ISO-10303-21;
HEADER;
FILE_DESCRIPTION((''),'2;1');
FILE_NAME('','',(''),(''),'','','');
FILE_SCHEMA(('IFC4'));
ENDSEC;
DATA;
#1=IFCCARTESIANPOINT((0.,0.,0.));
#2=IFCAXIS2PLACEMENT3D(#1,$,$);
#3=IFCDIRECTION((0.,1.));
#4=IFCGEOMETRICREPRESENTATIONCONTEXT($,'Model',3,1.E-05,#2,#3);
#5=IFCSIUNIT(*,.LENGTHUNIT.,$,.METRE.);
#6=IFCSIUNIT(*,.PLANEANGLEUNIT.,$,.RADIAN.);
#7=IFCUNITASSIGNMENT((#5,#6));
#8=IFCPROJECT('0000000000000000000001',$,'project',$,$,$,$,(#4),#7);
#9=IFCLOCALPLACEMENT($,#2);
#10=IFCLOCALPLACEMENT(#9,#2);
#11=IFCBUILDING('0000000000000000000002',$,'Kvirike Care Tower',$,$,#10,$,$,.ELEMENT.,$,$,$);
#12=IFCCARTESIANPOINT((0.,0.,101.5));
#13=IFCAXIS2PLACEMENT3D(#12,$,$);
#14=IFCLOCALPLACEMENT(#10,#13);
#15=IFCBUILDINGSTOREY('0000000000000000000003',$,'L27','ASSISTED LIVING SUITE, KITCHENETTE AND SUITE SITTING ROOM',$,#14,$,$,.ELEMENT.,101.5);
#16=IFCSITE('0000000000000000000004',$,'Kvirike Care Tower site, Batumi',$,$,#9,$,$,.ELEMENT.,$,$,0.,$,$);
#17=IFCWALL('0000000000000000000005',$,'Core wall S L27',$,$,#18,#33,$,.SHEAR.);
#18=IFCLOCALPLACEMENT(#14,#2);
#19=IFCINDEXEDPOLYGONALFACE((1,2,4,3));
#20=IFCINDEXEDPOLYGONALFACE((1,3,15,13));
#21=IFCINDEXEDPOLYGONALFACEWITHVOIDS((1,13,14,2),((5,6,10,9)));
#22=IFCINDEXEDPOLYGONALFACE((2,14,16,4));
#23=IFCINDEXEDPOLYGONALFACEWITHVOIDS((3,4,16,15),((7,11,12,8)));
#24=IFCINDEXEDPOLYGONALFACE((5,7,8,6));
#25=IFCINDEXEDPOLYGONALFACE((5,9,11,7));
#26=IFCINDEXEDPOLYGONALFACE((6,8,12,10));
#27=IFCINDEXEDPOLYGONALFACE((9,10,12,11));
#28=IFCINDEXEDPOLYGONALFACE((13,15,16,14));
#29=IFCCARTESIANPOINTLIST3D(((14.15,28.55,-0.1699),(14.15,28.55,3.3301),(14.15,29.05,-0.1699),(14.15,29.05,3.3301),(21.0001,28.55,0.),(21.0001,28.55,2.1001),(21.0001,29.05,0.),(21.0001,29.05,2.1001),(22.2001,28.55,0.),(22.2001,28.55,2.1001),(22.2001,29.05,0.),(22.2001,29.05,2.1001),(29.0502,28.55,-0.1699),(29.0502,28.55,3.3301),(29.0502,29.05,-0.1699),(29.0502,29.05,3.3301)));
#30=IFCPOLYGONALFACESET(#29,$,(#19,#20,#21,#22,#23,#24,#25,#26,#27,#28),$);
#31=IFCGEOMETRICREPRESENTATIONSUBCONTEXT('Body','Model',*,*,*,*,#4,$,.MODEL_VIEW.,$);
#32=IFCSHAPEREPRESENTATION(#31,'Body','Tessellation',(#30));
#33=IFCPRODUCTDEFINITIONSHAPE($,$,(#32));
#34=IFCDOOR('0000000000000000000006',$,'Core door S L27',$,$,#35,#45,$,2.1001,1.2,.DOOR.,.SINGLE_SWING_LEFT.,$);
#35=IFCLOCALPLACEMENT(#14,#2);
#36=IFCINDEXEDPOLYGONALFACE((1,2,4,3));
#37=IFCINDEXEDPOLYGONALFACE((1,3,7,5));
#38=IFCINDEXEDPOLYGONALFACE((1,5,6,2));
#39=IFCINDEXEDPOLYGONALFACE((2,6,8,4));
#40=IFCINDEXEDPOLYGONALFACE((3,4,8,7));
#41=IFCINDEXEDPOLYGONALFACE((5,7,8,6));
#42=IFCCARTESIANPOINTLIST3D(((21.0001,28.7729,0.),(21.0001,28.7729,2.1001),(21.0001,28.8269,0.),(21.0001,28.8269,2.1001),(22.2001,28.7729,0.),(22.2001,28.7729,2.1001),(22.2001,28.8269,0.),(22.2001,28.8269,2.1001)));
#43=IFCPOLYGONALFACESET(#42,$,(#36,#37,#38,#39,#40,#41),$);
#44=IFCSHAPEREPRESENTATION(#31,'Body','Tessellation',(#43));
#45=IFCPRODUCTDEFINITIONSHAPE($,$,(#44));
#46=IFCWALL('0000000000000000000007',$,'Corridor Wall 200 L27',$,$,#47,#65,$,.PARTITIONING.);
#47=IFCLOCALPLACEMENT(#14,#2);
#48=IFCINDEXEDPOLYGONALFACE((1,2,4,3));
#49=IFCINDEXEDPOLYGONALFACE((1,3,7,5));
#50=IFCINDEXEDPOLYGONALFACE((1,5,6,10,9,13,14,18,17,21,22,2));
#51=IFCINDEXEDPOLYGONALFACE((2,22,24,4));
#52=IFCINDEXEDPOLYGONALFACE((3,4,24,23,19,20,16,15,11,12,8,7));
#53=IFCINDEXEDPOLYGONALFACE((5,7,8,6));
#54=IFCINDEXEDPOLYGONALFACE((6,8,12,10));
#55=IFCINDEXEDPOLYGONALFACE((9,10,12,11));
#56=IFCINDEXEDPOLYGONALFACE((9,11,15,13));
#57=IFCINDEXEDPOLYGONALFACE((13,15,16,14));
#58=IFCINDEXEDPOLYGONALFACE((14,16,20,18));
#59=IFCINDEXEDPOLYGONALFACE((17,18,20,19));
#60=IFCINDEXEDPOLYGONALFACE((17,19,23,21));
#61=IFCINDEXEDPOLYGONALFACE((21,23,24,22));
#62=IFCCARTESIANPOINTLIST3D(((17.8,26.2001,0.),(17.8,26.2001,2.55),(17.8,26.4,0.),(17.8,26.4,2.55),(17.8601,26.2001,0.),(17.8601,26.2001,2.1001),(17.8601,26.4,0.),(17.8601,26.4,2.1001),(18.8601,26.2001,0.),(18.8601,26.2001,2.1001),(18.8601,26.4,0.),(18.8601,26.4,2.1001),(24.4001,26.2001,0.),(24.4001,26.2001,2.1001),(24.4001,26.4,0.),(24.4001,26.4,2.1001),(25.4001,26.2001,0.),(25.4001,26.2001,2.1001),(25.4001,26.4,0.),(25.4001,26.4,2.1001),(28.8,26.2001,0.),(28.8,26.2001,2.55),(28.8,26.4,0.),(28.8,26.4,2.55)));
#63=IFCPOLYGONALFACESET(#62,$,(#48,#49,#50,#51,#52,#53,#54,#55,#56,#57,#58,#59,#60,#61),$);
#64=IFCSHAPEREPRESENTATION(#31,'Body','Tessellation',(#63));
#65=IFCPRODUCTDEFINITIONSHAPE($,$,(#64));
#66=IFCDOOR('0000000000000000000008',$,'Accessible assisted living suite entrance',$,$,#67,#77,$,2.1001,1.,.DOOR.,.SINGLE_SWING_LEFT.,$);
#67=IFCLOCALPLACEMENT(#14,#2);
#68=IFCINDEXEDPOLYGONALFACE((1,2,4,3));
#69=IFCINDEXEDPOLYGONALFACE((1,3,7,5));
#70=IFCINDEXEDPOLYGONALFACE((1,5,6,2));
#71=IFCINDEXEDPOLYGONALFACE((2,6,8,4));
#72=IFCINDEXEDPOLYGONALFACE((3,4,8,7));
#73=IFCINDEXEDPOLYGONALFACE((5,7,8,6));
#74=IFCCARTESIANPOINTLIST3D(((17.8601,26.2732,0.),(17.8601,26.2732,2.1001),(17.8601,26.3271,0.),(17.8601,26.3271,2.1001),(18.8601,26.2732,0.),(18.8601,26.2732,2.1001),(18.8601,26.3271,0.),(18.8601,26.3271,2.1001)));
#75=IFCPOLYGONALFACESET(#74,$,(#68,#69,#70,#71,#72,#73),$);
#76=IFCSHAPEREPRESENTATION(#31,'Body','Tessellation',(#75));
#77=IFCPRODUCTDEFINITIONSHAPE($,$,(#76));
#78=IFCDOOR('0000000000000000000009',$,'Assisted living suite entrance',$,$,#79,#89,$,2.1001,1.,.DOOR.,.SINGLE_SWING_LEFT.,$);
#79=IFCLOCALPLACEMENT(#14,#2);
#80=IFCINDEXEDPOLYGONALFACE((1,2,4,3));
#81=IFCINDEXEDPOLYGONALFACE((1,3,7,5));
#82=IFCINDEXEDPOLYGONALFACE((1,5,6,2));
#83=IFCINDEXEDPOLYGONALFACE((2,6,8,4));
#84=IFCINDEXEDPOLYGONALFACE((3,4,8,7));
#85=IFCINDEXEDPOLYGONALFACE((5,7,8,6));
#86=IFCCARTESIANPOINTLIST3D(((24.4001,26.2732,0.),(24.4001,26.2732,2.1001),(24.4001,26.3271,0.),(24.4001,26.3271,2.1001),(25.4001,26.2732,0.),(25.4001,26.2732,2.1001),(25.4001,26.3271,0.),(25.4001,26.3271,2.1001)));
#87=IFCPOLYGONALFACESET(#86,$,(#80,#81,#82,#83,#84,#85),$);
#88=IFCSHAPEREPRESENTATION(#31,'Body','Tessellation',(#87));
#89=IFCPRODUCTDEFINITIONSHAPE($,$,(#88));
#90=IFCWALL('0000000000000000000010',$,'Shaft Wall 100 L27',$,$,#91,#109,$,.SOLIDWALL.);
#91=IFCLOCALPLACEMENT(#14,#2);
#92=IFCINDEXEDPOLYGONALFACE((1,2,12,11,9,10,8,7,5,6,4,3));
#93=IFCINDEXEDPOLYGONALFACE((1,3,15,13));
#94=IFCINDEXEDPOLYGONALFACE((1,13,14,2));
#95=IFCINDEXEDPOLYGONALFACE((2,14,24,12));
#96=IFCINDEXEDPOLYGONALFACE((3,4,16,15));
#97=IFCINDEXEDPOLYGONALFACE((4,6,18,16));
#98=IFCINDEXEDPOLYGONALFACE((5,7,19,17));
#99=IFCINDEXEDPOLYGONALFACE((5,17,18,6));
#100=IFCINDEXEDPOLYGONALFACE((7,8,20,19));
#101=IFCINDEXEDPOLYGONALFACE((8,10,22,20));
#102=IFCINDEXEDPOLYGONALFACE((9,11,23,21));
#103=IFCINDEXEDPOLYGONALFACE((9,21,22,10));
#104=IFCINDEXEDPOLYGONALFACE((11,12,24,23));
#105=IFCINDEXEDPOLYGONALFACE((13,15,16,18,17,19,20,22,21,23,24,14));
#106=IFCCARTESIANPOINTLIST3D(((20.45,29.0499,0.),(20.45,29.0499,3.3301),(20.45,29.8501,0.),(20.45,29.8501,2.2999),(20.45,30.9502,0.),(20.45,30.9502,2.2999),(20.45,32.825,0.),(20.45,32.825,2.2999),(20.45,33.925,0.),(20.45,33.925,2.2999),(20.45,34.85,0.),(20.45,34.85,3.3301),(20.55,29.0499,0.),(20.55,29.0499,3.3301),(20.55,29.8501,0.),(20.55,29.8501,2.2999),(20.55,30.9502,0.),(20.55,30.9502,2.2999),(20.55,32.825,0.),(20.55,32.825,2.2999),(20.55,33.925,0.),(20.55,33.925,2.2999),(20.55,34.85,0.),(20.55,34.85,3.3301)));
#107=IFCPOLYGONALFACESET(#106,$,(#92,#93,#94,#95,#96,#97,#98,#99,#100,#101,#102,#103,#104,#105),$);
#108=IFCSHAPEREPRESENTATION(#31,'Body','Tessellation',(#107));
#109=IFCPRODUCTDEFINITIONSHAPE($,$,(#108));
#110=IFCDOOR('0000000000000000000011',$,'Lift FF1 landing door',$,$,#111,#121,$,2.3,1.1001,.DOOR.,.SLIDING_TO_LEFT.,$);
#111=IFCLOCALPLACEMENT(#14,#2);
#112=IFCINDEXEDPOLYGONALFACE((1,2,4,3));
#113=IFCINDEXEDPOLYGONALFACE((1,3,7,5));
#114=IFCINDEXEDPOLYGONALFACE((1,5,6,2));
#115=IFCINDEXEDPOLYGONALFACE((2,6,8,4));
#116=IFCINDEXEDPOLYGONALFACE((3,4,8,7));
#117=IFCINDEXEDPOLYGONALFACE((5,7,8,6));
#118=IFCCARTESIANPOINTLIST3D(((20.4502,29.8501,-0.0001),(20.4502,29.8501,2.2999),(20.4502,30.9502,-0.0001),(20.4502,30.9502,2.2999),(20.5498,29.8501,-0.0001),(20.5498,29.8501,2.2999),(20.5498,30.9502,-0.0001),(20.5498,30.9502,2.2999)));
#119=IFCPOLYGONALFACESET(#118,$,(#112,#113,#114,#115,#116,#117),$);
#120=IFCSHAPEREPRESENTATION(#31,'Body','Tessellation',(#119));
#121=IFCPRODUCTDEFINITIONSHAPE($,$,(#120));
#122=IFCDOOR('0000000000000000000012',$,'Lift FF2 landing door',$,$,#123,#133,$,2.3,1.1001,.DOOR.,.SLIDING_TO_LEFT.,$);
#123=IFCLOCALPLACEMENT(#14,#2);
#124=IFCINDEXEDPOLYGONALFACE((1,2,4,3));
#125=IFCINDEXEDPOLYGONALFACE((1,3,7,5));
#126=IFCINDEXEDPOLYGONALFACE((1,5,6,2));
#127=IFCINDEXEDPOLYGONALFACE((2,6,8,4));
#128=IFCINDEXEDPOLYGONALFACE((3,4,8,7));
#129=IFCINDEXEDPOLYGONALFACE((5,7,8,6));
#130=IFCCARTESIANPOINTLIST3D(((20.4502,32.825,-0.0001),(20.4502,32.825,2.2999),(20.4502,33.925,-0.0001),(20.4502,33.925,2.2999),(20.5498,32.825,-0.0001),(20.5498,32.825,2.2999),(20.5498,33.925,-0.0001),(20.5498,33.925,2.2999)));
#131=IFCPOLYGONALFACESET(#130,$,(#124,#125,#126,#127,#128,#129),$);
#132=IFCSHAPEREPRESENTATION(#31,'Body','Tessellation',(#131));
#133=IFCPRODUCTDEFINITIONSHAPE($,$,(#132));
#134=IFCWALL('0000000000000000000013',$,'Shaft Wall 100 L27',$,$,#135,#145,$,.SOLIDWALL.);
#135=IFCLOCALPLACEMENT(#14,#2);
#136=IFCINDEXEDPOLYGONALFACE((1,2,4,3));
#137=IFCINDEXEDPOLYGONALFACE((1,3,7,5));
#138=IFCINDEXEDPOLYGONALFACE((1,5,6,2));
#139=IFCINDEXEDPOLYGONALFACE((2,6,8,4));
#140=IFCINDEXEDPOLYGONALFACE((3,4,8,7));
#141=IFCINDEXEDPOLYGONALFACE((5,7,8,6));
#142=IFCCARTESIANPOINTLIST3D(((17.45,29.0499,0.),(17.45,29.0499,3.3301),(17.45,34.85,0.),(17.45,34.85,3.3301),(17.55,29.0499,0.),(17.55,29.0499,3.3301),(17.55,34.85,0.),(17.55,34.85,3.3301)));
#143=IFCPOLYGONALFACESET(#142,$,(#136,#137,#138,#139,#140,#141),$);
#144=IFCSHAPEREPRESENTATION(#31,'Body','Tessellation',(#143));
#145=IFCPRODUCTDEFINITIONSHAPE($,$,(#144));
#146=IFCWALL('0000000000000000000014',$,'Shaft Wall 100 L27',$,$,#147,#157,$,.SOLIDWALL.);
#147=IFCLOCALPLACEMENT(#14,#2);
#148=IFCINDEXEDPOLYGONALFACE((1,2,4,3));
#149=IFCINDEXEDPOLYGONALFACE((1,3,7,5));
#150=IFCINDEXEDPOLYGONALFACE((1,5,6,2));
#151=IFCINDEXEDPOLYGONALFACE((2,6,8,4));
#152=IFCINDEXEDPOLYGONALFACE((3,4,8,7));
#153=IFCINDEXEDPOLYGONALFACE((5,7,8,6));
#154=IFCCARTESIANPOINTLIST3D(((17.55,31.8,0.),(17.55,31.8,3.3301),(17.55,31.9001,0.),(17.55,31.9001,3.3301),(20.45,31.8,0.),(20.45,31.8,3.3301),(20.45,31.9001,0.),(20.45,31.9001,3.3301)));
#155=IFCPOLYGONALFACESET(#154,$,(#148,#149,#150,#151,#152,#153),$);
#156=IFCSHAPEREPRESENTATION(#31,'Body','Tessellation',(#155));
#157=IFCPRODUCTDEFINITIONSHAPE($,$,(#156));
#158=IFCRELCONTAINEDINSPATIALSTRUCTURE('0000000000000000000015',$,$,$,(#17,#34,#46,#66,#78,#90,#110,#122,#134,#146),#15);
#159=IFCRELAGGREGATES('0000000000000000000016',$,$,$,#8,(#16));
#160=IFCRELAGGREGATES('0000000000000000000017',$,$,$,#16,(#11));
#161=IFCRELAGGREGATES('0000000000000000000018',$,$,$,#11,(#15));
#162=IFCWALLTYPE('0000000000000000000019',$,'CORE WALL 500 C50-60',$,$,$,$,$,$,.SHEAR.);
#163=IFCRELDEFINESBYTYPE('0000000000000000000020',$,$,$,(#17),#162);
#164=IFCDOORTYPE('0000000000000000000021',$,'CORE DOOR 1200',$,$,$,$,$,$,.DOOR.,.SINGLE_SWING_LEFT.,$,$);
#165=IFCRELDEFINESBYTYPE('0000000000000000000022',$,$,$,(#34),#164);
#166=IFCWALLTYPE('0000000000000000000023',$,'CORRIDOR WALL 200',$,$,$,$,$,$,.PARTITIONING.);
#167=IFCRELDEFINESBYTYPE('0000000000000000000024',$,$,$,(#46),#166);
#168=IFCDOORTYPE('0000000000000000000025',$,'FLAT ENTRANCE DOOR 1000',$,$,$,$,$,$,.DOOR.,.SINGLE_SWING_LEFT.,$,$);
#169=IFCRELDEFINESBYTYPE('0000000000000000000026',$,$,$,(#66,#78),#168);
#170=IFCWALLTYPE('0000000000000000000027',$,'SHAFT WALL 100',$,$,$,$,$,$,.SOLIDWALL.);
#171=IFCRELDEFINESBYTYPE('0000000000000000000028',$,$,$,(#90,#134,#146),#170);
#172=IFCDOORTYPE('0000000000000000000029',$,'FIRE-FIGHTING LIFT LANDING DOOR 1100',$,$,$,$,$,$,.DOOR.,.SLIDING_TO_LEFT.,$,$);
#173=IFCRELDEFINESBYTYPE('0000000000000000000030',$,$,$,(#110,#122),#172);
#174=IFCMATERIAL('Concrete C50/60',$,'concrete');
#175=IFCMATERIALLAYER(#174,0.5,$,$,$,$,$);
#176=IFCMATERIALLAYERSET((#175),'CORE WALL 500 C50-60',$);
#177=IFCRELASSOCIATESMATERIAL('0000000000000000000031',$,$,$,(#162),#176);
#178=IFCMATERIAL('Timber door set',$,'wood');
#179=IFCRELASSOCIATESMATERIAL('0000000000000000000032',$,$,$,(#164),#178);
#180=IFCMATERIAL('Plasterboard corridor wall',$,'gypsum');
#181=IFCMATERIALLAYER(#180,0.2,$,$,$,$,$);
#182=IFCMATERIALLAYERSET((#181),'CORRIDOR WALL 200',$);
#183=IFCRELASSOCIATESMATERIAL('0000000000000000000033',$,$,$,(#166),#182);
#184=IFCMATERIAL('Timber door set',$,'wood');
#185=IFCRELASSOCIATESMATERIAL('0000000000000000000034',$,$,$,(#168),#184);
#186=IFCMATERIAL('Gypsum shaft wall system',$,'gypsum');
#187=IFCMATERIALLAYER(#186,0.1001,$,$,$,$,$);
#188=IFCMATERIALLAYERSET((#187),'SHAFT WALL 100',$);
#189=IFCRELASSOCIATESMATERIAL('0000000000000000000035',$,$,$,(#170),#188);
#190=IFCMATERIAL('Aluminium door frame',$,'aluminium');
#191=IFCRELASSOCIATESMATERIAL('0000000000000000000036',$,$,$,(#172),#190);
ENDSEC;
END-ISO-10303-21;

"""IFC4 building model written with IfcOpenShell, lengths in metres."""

from ifc_helpers import new_model, si_unit, direction, frame, frame_2d, origin, place, context, subcontext, project, spatial, rectangle, extrude, material, layer, layer_set, type_object, element, fill, save


model = new_model("IFC4")

# Units and contexts
model_context = context("Model", 3, precision=1e-05, world=origin(), true_north=direction((0.0, 1.0)))
body_context = subcontext(model_context, "Body", "Model", "MODEL_VIEW")
ifc_project = project(units=[si_unit("LENGTHUNIT", "METRE"), si_unit("PLANEANGLEUNIT", "RADIAN")], contexts=[model_context])

# Site, building, storey
site_placement = place(None, origin())
site = spatial("IfcSite", under=ifc_project, at=site_placement, Name="Kvirike Care Tower site, Batumi", CompositionType="ELEMENT", RefElevation=0.0)
building_placement = place(site_placement, origin())
building = spatial("IfcBuilding", under=site, at=building_placement, Name="Kvirike Care Tower", CompositionType="ELEMENT")
storey_placement = place(building_placement, frame((0.0, 0.0, 101.5)))
storey = spatial("IfcBuildingStorey", under=building, at=storey_placement, Name="L27", Description="ASSISTED LIVING SUITE, KITCHENETTE AND SUITE SITTING ROOM", CompositionType="ELEMENT", Elevation=101.5)

# Wall, opening, door
ifc_material_1 = material(Name="Concrete C50/60", Category="concrete")
ifc_layer_1 = layer(ifc_material_1, 0.5)
ifc_layer_set_1 = layer_set([ifc_layer_1], Name="CORE WALL 500 C50-60")
wall_type_1 = type_object("IfcWallType", Name="CORE WALL 500 C50-60", PredefinedType="SHEAR", material=ifc_layer_set_1)
wall_1_placement = place(storey_placement, frame((14.1499, 28.8, -0.1699), z_axis=(0.0, 0.0, 1.0), x_axis=(1.0, 0.0, 0.0)))
wall_1 = element("IfcWall", 1, at=wall_1_placement, inside=storey, type_object=wall_type_1, Name="Core wall S L27", PredefinedType="SHEAR", context=body_context, shape_type="SweptSolid", body=[
    extrude(rectangle(XDim=14.9001, YDim=0.5, at=frame_2d((7.4502, 0.0))), origin(), (0.0, 0.0, 1.0), 3.5),
])
opening_1_placement = place(wall_1_placement, frame((6.8501, 0.0, 0.1699)))
opening_1 = element("IfcOpeningElement", 2, at=opening_1_placement, cuts=wall_1, PredefinedType="OPENING", context=body_context, shape_type="SweptSolid", body=[
    extrude(rectangle(XDim=1.2, YDim=2.1001, at=frame_2d((0.6001, 1.05))), frame((0.0, 0.2605, 0.0), z_axis=(0.0, -1.0, 0.0), x_axis=(1.0, 0.0, 0.0)), (0.0, 0.0, 1.0), 0.521),
])
ifc_material_2 = material(Name="Timber door set", Category="wood")
door_type_1 = type_object("IfcDoorType", Name="CORE DOOR 1200", OperationType="SINGLE_SWING_LEFT", PredefinedType="DOOR", material=ifc_material_2)
door_1_placement = place(opening_1_placement, origin())
door_1 = element("IfcDoor", 3, at=door_1_placement, inside=storey, type_object=door_type_1, Name="Core door S L27", OperationType="SINGLE_SWING_LEFT", OverallHeight=2.1001, OverallWidth=1.2, PredefinedType="DOOR", context=body_context, shape_type="SweptSolid", body=[
    extrude(rectangle(XDim=1.2, YDim=2.1001, at=frame_2d((0.6001, 1.05))), frame((0.0, 0.0269, 0.0), z_axis=(0.0, -1.0, 0.0), x_axis=(1.0, 0.0, 0.0)), (0.0, 0.0, 1.0), 0.054),
])
fill(opening_1, door_1)

# Walls, openings, doors
ifc_material_3 = material(Name="Plasterboard corridor wall", Category="gypsum")
ifc_layer_2 = layer(ifc_material_3, 0.2)
ifc_layer_set_2 = layer_set([ifc_layer_2], Name="CORRIDOR WALL 200")
wall_type_2 = type_object("IfcWallType", Name="CORRIDOR WALL 200", PredefinedType="PARTITIONING", material=ifc_layer_set_2)
wall_2_placement = place(storey_placement, frame((17.8, 26.3, 0.0), z_axis=(0.0, 0.0, 1.0), x_axis=(1.0, 0.0, 0.0)))
wall_2 = element("IfcWall", 4, at=wall_2_placement, inside=storey, type_object=wall_type_2, Name="Corridor Wall 200 L27", PredefinedType="PARTITIONING", context=body_context, shape_type="SweptSolid", body=[
    extrude(rectangle(XDim=11.0, YDim=0.2, at=frame_2d((5.5, 0.0))), origin(), (0.0, 0.0, 1.0), 2.55),
])
opening_2_placement = place(wall_2_placement, frame((0.0601, 0.0, 0.0)))
opening_2 = element("IfcOpeningElement", 5, at=opening_2_placement, cuts=wall_2, PredefinedType="OPENING", context=body_context, shape_type="SweptSolid", body=[
    extrude(rectangle(XDim=1.0, YDim=2.1001, at=frame_2d((0.5, 1.05))), frame((0.0, 0.1106, 0.0), z_axis=(0.0, -1.0, 0.0), x_axis=(1.0, 0.0, 0.0)), (0.0, 0.0, 1.0), 0.2209),
])
opening_3_placement = place(wall_2_placement, frame((6.6001, 0.0, 0.0)))
opening_3 = element("IfcOpeningElement", 6, at=opening_3_placement, cuts=wall_2, PredefinedType="OPENING", context=body_context, shape_type="SweptSolid", body=[
    extrude(rectangle(XDim=1.0, YDim=2.1001, at=frame_2d((0.5, 1.05))), frame((0.0, 0.1106, 0.0), z_axis=(0.0, -1.0, 0.0), x_axis=(1.0, 0.0, 0.0)), (0.0, 0.0, 1.0), 0.2209),
])
ifc_material_4 = material(Name="Timber door set", Category="wood")
door_type_2 = type_object("IfcDoorType", Name="FLAT ENTRANCE DOOR 1000", OperationType="SINGLE_SWING_LEFT", PredefinedType="DOOR", material=ifc_material_4)
door_2_placement = place(opening_2_placement, frame((1.0, 0.0, 0.0), z_axis=(0.0, 0.0, 1.0), x_axis=(-1.0, 0.0, 0.0)))
door_2 = element("IfcDoor", 7, at=door_2_placement, inside=storey, type_object=door_type_2, Name="Accessible assisted living suite entrance", OperationType="SINGLE_SWING_LEFT", OverallHeight=2.1001, OverallWidth=1.0, PredefinedType="DOOR", context=body_context, shape_type="SweptSolid", body=[
    extrude(rectangle(XDim=1.0, YDim=2.1001, at=frame_2d((0.5, 1.05))), frame((0.0, 0.0269, 0.0), z_axis=(0.0, -1.0, 0.0), x_axis=(1.0, 0.0, 0.0)), (0.0, 0.0, 1.0), 0.054),
])
fill(opening_2, door_2)
door_3_placement = place(opening_3_placement, frame((1.0, 0.0, 0.0), z_axis=(0.0, 0.0, 1.0), x_axis=(-1.0, 0.0, 0.0)))
door_3 = element("IfcDoor", 8, at=door_3_placement, inside=storey, type_object=door_type_2, Name="Assisted living suite entrance", OperationType="SINGLE_SWING_LEFT", OverallHeight=2.1001, OverallWidth=1.0, PredefinedType="DOOR", context=body_context, shape_type="SweptSolid", body=[
    extrude(rectangle(XDim=1.0, YDim=2.1001, at=frame_2d((0.5, 1.05))), frame((0.0, 0.0269, 0.0), z_axis=(0.0, -1.0, 0.0), x_axis=(1.0, 0.0, 0.0)), (0.0, 0.0, 1.0), 0.054),
])
fill(opening_3, door_3)
ifc_material_5 = material(Name="Gypsum shaft wall system", Category="gypsum")
ifc_layer_3 = layer(ifc_material_5, 0.1001)
ifc_layer_set_3 = layer_set([ifc_layer_3], Name="SHAFT WALL 100")
wall_type_3 = type_object("IfcWallType", Name="SHAFT WALL 100", PredefinedType="SOLIDWALL", material=ifc_layer_set_3)
wall_3_placement = place(storey_placement, frame((20.5, 29.05, 0.0), z_axis=(0.0, 0.0, 1.0), x_axis=(0.0, 1.0, 0.0)))
wall_3 = element("IfcWall", 9, at=wall_3_placement, inside=storey, type_object=wall_type_3, Name="Shaft Wall 100 L27", PredefinedType="SOLIDWALL", context=body_context, shape_type="SweptSolid", body=[
    extrude(rectangle(XDim=5.8, YDim=0.1001, at=frame_2d((2.8999, 0.0))), origin(), (0.0, 0.0, 1.0), 3.3301),
])
opening_4_placement = place(wall_3_placement, frame((0.8, 0.0, 0.0)))
opening_4 = element("IfcOpeningElement", 10, at=opening_4_placement, cuts=wall_3, PredefinedType="OPENING", context=body_context, shape_type="SweptSolid", body=[
    extrude(rectangle(XDim=1.1001, YDim=2.3, at=frame_2d((0.55, 1.1499))), frame((0.0, 0.0605, 0.0), z_axis=(0.0, -1.0, 0.0), x_axis=(1.0, 0.0, 0.0)), (0.0, 0.0, 1.0), 0.1211),
])
opening_5_placement = place(wall_3_placement, frame((3.7749, 0.0, 0.0)))
opening_5 = element("IfcOpeningElement", 11, at=opening_5_placement, cuts=wall_3, PredefinedType="OPENING", context=body_context, shape_type="SweptSolid", body=[
    extrude(rectangle(XDim=1.1001, YDim=2.3, at=frame_2d((0.55, 1.1499))), frame((0.0, 0.0605, 0.0), z_axis=(0.0, -1.0, 0.0), x_axis=(1.0, 0.0, 0.0)), (0.0, 0.0, 1.0), 0.1211),
])
ifc_material_6 = material(Name="Aluminium door frame", Category="aluminium")
door_type_3 = type_object("IfcDoorType", Name="FIRE-FIGHTING LIFT LANDING DOOR 1100", OperationType="SLIDING_TO_LEFT", PredefinedType="DOOR", material=ifc_material_6)
door_4_placement = place(opening_4_placement, origin())
door_4 = element("IfcDoor", 12, at=door_4_placement, inside=storey, type_object=door_type_3, Name="Lift FF1 landing door", OperationType="SLIDING_TO_LEFT", OverallHeight=2.3, OverallWidth=1.1001, PredefinedType="DOOR", context=body_context, shape_type="SweptSolid", body=[
    extrude(rectangle(XDim=1.1001, YDim=2.3, at=frame_2d((0.55, 1.1499))), frame((0.0, 0.0498, 0.0), z_axis=(0.0, -1.0, 0.0), x_axis=(1.0, 0.0, 0.0)), (0.0, 0.0, 1.0), 0.0996),
])
fill(opening_4, door_4)
door_5_placement = place(opening_5_placement, origin())
door_5 = element("IfcDoor", 13, at=door_5_placement, inside=storey, type_object=door_type_3, Name="Lift FF2 landing door", OperationType="SLIDING_TO_LEFT", OverallHeight=2.3, OverallWidth=1.1001, PredefinedType="DOOR", context=body_context, shape_type="SweptSolid", body=[
    extrude(rectangle(XDim=1.1001, YDim=2.3, at=frame_2d((0.55, 1.1499))), frame((0.0, 0.0498, 0.0), z_axis=(0.0, -1.0, 0.0), x_axis=(1.0, 0.0, 0.0)), (0.0, 0.0, 1.0), 0.0996),
])
fill(opening_5, door_5)

# Walls
wall_4_placement = place(storey_placement, frame((17.5, 29.05, 0.0), z_axis=(0.0, 0.0, 1.0), x_axis=(0.0, 1.0, 0.0)))
element("IfcWall", 14, at=wall_4_placement, inside=storey, type_object=wall_type_3, Name="Shaft Wall 100 L27", PredefinedType="SOLIDWALL", context=body_context, shape_type="SweptSolid", body=[
    extrude(rectangle(XDim=5.8, YDim=0.1001, at=frame_2d((2.8999, 0.0))), origin(), (0.0, 0.0, 1.0), 3.3301),
])
wall_5_placement = place(storey_placement, frame((17.55, 31.8501, 0.0), z_axis=(0.0, 0.0, 1.0), x_axis=(1.0, 0.0, 0.0)))
element("IfcWall", 15, at=wall_5_placement, inside=storey, type_object=wall_type_3, Name="Shaft Wall 100 L27", PredefinedType="SOLIDWALL", context=body_context, shape_type="SweptSolid", body=[
    extrude(rectangle(XDim=2.8999, YDim=0.1001, at=frame_2d((1.45, 0.0))), origin(), (0.0, 0.0, 1.0), 3.3301),
])

save(model, "model.ifc")
